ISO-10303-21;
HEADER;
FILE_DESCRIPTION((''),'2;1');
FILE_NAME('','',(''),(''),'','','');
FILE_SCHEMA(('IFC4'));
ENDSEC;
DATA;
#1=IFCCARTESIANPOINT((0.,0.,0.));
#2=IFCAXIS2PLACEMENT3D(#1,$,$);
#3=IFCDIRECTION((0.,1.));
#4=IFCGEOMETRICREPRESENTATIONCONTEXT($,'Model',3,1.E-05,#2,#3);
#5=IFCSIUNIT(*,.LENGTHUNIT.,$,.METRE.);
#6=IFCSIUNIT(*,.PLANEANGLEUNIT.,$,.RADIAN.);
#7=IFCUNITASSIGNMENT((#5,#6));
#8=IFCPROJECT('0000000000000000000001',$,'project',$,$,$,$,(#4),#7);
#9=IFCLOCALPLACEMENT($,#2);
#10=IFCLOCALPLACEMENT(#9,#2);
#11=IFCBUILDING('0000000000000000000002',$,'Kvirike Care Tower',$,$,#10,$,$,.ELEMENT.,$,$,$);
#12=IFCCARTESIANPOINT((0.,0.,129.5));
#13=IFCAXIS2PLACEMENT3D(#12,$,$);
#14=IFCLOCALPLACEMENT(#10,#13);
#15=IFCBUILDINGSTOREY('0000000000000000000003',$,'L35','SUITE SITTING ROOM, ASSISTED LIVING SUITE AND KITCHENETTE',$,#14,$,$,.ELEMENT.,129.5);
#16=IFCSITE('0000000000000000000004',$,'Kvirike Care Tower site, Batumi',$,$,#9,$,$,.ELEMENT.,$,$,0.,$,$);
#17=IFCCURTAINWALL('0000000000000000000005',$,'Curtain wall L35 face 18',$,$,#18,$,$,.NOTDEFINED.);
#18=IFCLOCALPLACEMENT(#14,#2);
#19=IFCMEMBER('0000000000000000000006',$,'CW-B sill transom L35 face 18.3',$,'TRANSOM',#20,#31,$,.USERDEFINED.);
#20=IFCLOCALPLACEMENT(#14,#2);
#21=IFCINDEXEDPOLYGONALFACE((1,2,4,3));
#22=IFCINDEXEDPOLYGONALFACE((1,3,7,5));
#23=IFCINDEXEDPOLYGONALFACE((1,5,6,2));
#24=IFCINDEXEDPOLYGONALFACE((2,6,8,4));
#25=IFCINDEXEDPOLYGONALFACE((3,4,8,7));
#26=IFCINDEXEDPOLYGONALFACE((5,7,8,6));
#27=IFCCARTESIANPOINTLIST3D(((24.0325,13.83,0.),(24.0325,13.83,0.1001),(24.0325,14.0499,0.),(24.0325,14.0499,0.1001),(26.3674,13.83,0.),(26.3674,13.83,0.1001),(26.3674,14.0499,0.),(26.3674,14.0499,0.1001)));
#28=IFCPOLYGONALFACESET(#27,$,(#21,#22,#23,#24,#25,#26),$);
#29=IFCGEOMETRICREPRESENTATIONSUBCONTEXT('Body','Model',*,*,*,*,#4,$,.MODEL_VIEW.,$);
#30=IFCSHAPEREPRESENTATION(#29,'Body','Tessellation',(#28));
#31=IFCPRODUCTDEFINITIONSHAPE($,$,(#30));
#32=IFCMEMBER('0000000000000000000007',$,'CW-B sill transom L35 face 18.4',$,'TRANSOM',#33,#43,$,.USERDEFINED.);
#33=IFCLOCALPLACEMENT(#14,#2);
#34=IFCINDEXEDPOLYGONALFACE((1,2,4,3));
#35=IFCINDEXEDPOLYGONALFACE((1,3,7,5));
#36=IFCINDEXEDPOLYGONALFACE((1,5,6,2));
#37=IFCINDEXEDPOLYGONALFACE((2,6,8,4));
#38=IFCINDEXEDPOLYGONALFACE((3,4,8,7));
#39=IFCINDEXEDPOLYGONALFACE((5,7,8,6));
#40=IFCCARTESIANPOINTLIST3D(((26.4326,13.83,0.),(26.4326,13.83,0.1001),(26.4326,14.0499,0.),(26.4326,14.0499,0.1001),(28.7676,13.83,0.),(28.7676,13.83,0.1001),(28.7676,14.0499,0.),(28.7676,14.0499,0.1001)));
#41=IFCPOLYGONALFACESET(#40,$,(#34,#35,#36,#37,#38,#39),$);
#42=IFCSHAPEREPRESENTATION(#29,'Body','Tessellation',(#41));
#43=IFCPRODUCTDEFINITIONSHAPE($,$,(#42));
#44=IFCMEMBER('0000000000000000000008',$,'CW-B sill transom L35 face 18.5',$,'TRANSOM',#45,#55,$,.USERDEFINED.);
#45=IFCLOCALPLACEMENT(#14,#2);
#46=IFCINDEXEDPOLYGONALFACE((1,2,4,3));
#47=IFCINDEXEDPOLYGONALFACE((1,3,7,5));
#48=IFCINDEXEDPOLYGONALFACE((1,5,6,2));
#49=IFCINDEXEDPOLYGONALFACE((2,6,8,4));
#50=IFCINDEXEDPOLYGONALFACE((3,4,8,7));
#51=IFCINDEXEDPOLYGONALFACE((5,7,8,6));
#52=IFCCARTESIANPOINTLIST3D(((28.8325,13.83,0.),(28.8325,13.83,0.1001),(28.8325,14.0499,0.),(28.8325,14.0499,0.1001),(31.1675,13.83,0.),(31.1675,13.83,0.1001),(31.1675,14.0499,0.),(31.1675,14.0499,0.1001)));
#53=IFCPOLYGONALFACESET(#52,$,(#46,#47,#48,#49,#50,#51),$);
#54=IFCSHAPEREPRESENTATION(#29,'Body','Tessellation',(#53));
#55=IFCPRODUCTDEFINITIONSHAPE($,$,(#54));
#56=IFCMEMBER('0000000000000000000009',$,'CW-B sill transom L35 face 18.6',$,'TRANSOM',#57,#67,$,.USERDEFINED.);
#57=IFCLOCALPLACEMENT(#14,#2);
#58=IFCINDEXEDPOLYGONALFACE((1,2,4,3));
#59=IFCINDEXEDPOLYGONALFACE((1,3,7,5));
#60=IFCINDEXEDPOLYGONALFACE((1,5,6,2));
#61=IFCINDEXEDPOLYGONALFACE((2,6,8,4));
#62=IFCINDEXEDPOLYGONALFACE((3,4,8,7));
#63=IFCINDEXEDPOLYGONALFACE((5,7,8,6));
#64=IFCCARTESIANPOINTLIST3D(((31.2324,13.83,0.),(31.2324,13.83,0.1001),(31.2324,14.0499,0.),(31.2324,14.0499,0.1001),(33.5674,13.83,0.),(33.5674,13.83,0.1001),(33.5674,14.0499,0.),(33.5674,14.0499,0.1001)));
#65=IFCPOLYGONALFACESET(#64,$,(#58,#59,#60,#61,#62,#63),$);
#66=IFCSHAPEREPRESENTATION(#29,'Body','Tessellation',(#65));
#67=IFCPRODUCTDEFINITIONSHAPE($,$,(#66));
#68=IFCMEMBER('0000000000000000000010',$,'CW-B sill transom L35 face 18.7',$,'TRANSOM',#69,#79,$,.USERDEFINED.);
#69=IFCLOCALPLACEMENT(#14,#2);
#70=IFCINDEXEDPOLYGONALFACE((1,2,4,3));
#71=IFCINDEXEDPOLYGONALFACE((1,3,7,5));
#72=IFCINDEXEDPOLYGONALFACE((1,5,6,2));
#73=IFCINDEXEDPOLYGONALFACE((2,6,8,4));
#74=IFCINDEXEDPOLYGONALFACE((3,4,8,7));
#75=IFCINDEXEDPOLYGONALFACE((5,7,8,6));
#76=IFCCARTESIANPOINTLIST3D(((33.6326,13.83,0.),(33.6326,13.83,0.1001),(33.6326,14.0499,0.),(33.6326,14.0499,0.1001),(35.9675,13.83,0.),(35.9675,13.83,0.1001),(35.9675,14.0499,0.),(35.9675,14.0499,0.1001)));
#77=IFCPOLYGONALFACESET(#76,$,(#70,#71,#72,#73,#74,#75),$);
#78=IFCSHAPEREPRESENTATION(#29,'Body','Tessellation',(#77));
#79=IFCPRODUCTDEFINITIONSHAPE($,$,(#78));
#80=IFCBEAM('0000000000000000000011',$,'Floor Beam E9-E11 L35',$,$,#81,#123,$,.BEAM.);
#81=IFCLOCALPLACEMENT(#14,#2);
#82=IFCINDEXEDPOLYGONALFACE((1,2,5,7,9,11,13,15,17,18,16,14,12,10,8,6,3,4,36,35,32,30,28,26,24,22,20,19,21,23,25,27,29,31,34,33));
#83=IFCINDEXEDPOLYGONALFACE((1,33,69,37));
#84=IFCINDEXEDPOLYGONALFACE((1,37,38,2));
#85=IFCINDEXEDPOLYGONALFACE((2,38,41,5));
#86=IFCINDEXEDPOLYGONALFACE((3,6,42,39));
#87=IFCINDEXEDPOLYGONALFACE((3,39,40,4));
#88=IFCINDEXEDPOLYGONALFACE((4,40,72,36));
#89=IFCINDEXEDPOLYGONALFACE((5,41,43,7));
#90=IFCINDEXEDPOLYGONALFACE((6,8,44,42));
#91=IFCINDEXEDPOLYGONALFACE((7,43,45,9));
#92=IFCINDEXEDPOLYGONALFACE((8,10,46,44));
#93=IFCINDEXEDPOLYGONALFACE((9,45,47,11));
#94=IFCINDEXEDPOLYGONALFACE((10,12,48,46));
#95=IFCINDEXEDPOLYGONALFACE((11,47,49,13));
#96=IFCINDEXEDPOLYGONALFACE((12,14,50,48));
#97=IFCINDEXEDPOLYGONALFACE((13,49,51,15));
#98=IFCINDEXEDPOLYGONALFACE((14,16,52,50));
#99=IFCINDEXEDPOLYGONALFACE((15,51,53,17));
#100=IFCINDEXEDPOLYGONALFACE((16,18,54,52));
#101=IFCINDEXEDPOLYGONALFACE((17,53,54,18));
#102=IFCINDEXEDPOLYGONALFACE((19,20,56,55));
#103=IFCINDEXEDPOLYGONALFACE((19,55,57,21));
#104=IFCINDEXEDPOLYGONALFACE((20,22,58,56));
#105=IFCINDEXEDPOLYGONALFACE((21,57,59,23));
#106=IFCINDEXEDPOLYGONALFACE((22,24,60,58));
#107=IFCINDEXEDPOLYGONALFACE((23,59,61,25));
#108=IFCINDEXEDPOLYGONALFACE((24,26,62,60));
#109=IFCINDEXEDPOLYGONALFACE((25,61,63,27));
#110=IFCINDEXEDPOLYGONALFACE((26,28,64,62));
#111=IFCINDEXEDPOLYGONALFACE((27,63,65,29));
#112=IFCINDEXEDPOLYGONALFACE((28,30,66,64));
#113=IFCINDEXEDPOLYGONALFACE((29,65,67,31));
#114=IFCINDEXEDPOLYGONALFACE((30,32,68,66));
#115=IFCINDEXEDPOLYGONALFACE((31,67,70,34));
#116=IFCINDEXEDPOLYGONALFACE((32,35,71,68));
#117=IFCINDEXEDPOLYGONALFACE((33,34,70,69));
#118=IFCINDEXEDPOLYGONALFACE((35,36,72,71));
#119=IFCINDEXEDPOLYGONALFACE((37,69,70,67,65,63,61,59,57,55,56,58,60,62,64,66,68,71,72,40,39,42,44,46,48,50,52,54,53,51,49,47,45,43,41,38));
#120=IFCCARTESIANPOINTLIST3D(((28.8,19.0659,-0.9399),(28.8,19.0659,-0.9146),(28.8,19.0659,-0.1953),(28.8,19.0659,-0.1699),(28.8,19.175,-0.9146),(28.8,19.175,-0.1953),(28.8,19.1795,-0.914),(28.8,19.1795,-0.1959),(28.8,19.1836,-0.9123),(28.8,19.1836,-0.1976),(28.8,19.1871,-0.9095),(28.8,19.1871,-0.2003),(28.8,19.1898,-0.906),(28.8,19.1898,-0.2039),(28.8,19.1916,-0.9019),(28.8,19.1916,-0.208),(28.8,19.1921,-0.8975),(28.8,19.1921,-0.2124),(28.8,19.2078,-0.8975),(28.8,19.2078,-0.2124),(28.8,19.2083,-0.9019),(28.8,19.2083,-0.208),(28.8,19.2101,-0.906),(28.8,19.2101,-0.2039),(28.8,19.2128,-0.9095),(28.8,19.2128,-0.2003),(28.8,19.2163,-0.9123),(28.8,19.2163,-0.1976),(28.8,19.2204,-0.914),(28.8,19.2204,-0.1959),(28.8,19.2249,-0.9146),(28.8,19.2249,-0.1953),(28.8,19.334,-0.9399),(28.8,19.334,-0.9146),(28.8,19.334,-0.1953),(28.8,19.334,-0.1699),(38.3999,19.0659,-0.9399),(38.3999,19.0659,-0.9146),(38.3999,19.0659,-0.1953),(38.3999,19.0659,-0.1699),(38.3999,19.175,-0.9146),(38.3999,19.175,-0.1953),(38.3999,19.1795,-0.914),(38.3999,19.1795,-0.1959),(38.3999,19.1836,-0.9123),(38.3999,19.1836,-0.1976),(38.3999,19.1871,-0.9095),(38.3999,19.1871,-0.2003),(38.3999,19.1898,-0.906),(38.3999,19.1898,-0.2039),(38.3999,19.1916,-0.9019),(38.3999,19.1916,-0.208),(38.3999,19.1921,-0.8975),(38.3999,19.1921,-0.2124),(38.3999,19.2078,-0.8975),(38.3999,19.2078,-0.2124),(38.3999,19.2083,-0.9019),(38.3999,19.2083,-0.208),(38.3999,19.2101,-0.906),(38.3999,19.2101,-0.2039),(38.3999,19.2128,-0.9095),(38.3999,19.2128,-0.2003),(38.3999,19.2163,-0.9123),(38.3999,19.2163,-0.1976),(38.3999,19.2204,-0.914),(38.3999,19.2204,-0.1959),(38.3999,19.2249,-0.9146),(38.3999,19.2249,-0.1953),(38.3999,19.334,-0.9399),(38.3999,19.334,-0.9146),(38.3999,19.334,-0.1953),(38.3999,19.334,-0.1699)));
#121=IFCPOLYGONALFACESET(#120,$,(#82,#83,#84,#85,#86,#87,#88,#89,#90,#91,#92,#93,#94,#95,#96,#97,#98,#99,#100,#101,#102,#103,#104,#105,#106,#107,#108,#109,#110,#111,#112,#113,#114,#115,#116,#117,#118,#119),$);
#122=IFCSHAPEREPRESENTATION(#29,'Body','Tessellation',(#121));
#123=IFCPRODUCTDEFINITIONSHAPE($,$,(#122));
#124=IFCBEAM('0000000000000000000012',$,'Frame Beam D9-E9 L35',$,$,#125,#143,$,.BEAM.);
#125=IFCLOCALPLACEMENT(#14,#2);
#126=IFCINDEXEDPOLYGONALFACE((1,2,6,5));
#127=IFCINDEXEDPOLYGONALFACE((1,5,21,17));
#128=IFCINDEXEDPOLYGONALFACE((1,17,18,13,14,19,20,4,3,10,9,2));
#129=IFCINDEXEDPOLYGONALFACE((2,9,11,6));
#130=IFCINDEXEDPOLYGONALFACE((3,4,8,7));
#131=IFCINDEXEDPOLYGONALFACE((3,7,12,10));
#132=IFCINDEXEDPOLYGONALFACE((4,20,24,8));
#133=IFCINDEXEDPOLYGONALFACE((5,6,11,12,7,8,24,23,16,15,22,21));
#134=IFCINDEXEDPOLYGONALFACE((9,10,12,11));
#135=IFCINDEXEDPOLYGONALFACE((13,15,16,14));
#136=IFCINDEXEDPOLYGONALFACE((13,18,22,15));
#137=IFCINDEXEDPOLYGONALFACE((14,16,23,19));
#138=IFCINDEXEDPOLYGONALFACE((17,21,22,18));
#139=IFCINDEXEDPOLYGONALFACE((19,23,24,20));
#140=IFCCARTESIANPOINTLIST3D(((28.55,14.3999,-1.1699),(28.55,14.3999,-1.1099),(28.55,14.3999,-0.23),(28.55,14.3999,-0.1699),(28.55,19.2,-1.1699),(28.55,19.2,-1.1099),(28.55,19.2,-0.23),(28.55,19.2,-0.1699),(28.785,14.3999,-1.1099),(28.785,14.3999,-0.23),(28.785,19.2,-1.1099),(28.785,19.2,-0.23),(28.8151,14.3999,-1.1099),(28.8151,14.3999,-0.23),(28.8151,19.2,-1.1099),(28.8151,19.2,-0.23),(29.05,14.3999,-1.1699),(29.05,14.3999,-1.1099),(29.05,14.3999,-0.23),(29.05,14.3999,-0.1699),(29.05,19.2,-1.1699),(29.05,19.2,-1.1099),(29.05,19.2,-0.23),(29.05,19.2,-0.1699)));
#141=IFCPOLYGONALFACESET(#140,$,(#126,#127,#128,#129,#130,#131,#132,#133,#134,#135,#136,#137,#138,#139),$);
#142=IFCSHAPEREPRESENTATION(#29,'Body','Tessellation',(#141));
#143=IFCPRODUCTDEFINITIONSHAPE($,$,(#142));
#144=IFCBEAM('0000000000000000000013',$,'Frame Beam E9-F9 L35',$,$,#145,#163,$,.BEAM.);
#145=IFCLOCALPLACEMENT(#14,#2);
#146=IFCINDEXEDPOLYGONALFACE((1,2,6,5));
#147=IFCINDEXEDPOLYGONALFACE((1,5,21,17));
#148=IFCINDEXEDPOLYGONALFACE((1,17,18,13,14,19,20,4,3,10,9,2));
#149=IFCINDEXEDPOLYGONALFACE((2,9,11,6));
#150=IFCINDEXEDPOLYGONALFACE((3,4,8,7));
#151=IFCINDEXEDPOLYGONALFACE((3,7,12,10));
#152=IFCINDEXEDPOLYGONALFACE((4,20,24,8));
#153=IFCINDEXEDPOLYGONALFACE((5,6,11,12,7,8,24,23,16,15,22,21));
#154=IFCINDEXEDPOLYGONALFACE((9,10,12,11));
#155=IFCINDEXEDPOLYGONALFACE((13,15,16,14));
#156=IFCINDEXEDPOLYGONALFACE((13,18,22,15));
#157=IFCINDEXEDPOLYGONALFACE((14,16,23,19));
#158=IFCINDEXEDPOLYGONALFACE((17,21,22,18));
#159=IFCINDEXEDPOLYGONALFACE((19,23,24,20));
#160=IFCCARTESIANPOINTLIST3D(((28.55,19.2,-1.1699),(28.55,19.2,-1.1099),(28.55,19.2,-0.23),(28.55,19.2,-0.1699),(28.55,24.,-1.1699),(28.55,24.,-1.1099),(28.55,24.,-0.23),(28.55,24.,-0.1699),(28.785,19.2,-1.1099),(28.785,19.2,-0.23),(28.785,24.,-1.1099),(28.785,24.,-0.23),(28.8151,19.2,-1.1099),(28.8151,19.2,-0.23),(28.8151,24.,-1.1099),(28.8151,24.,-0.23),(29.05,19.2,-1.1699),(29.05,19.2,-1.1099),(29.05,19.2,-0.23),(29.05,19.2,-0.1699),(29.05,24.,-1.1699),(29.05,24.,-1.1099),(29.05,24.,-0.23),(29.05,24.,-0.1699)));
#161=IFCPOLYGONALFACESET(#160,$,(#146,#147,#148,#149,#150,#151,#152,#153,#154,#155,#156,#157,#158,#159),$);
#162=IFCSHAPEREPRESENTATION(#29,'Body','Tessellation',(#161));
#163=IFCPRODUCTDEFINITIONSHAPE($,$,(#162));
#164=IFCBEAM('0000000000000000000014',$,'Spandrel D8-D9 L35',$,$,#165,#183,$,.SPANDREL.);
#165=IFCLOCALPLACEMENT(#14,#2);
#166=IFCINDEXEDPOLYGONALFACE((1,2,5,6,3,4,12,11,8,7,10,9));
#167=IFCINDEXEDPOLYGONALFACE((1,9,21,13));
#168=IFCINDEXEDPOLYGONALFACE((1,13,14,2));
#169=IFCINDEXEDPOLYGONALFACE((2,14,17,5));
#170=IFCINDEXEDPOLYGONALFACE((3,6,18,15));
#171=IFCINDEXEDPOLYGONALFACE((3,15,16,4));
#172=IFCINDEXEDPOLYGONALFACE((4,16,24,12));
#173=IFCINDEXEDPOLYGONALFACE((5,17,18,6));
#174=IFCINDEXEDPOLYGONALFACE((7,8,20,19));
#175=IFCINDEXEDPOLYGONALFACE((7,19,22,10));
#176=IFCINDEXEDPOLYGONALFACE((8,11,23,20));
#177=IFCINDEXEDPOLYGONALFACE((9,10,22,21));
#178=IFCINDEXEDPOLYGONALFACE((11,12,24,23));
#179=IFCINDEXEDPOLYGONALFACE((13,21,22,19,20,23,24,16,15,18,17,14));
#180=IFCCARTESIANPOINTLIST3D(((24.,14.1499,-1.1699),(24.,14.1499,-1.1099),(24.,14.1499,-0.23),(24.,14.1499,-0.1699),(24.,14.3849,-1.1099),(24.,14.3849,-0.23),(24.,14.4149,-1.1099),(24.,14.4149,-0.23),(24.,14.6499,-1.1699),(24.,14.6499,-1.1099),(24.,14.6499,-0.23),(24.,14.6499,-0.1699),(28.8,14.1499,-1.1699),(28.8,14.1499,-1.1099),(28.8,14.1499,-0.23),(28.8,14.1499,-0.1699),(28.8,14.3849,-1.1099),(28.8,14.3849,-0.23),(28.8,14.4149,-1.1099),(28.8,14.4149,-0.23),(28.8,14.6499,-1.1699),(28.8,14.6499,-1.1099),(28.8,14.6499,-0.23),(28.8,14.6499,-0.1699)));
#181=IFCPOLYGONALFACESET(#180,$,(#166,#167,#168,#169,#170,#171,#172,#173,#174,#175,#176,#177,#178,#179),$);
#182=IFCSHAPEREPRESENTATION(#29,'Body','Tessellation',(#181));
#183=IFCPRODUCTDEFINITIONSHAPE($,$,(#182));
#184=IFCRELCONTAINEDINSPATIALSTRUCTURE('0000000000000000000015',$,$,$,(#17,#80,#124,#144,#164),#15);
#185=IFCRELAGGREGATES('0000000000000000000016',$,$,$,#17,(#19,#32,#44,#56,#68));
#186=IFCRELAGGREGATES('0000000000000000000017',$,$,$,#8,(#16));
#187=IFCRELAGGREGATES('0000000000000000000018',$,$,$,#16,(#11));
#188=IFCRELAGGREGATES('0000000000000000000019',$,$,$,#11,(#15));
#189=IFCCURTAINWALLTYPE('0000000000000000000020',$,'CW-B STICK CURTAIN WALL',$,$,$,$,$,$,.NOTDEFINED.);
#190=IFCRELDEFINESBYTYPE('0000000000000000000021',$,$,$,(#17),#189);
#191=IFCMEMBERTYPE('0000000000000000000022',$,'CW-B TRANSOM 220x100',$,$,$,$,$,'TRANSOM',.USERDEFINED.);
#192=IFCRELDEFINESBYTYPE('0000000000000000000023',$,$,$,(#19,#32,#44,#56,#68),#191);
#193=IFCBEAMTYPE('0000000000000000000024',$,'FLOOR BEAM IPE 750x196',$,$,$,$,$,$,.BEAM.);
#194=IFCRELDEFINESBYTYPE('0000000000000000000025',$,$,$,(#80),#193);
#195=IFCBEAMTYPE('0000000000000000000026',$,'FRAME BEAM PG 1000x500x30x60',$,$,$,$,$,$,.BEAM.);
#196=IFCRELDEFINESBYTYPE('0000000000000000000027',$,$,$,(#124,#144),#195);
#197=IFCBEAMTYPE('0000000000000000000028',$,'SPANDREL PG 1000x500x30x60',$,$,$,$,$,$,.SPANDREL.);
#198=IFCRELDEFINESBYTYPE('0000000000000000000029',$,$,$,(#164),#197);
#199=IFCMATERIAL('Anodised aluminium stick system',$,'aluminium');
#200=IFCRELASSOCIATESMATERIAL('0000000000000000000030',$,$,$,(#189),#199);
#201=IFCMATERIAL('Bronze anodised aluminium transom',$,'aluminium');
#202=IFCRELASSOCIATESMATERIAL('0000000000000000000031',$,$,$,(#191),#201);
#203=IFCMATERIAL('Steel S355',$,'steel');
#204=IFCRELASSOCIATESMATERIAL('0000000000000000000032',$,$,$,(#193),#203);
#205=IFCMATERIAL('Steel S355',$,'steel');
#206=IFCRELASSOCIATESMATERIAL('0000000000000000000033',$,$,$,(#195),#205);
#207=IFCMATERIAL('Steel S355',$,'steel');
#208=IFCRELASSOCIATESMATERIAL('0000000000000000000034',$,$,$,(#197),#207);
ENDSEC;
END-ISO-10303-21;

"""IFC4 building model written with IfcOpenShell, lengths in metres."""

from ifc_helpers import new_model, si_unit, direction, frame, origin, origin_2d, place, context, subcontext, project, spatial, rectangle, i_section, extrude, material, material_profile, profile_set, type_object, element, aggregate, save


model = new_model("IFC4")

# Units and contexts
model_context = context("Model", 3, precision=1e-05, world=origin(), true_north=direction((0.0, 1.0)))
body_context = subcontext(model_context, "Body", "Model", "MODEL_VIEW")
ifc_project = project(units=[si_unit("LENGTHUNIT", "METRE"), si_unit("PLANEANGLEUNIT", "RADIAN")], contexts=[model_context])

# Site, building, storey
site_placement = place(None, origin())
site = spatial("IfcSite", under=ifc_project, at=site_placement, Name="Kvirike Care Tower site, Batumi", CompositionType="ELEMENT", RefElevation=0.0)
building_placement = place(site_placement, origin())
building = spatial("IfcBuilding", under=site, at=building_placement, Name="Kvirike Care Tower", CompositionType="ELEMENT")
storey_placement = place(building_placement, frame((0.0, 0.0, 129.5)))
storey = spatial("IfcBuildingStorey", under=building, at=storey_placement, Name="L35", Description="SUITE SITTING ROOM, ASSISTED LIVING SUITE AND KITCHENETTE", CompositionType="ELEMENT", Elevation=129.5)

# Curtain wall, members
ifc_material_1 = material(Name="Anodised aluminium stick system", Category="aluminium")
curtain_wall_type = type_object("IfcCurtainWallType", Name="CW-B STICK CURTAIN WALL", PredefinedType="NOTDEFINED", material=ifc_material_1)
curtain_wall_placement = place(storey_placement, origin())
curtain_wall = element("IfcCurtainWall", 1, at=curtain_wall_placement, inside=storey, type_object=curtain_wall_type, Name="Curtain wall L35 face 18", PredefinedType="NOTDEFINED")
ifc_material_2 = material(Name="Bronze anodised aluminium transom", Category="aluminium")
ifc_material_profile_1 = material_profile(ifc_material_2, rectangle(XDim=0.22, YDim=0.1001, at=origin_2d()), Name="CW-B TRANSOM 220x100")
ifc_profile_set_1 = profile_set([ifc_material_profile_1], Name="Bronze anodised aluminium transom")
member_type_1 = type_object("IfcMemberType", Name="CW-B TRANSOM 220x100", ElementType="TRANSOM", PredefinedType="USERDEFINED", material=ifc_profile_set_1)
member_1_placement = place(storey_placement, frame((24.0325, 13.9399, 0.05), z_axis=(1.0, 0.0, 0.0), x_axis=(0.0, 1.0, 0.0)))
member_1 = element("IfcMember", 2, at=member_1_placement, type_object=member_type_1, Name="CW-B sill transom L35 face 18.3", ObjectType="TRANSOM", PredefinedType="USERDEFINED", context=body_context, shape_type="SweptSolid", body=[
    extrude(rectangle(XDim=0.22, YDim=0.1001, at=origin_2d()), origin(), (0.0, 0.0, 1.0), 2.335),
])
member_2_placement = place(storey_placement, frame((26.4326, 13.9399, 0.05), z_axis=(1.0, 0.0, 0.0), x_axis=(0.0, 1.0, 0.0)))
member_2 = element("IfcMember", 3, at=member_2_placement, type_object=member_type_1, Name="CW-B sill transom L35 face 18.4", ObjectType="TRANSOM", PredefinedType="USERDEFINED", context=body_context, shape_type="SweptSolid", body=[
    extrude(rectangle(XDim=0.22, YDim=0.1001, at=origin_2d()), origin(), (0.0, 0.0, 1.0), 2.335),
])
member_3_placement = place(storey_placement, frame((28.8325, 13.9399, 0.05), z_axis=(1.0, 0.0, 0.0), x_axis=(0.0, 1.0, 0.0)))
member_3 = element("IfcMember", 4, at=member_3_placement, type_object=member_type_1, Name="CW-B sill transom L35 face 18.5", ObjectType="TRANSOM", PredefinedType="USERDEFINED", context=body_context, shape_type="SweptSolid", body=[
    extrude(rectangle(XDim=0.22, YDim=0.1001, at=origin_2d()), origin(), (0.0, 0.0, 1.0), 2.335),
])
member_4_placement = place(storey_placement, frame((31.2324, 13.9399, 0.05), z_axis=(1.0, 0.0, 0.0), x_axis=(0.0, 1.0, 0.0)))
member_4 = element("IfcMember", 5, at=member_4_placement, type_object=member_type_1, Name="CW-B sill transom L35 face 18.6", ObjectType="TRANSOM", PredefinedType="USERDEFINED", context=body_context, shape_type="SweptSolid", body=[
    extrude(rectangle(XDim=0.22, YDim=0.1001, at=origin_2d()), origin(), (0.0, 0.0, 1.0), 2.335),
])
member_5_placement = place(storey_placement, frame((33.6326, 13.9399, 0.05), z_axis=(1.0, 0.0, 0.0), x_axis=(0.0, 1.0, 0.0)))
member_5 = element("IfcMember", 6, at=member_5_placement, type_object=member_type_1, Name="CW-B sill transom L35 face 18.7", ObjectType="TRANSOM", PredefinedType="USERDEFINED", context=body_context, shape_type="SweptSolid", body=[
    extrude(rectangle(XDim=0.22, YDim=0.1001, at=origin_2d()), origin(), (0.0, 0.0, 1.0), 2.335),
])

# Beams
ifc_material_3 = material(Name="Steel S355", Category="steel")
ifc_material_profile_2 = material_profile(ifc_material_3, i_section(OverallWidth=0.2681, OverallDepth=0.77, WebThickness=0.0156, FlangeThickness=0.0254, FilletRadius=0.0171, at=origin_2d()), Name="IPE 750x196")
ifc_profile_set_2 = profile_set([ifc_material_profile_2], Name="Steel S355")
beam_type_1 = type_object("IfcBeamType", Name="FLOOR BEAM IPE 750x196", PredefinedType="BEAM", material=ifc_profile_set_2)
beam_1_placement = place(storey_placement, frame((28.8, 19.2, -0.5549), z_axis=(1.0, 0.0, 0.0), x_axis=(0.0, 1.0, 0.0)))
element("IfcBeam", 7, at=beam_1_placement, inside=storey, type_object=beam_type_1, Name="Floor Beam E9-E11 L35", PredefinedType="BEAM", context=body_context, shape_type="SweptSolid", body=[
    extrude(i_section(OverallWidth=0.2681, OverallDepth=0.77, WebThickness=0.0156, FlangeThickness=0.0254, FilletRadius=0.0171, at=origin_2d()), origin(), (0.0, 0.0, 1.0), 9.5999),
])
ifc_material_4 = material(Name="Steel S355", Category="steel")
ifc_material_profile_3 = material_profile(ifc_material_4, i_section(OverallWidth=0.5, OverallDepth=1.0, WebThickness=0.03, FlangeThickness=0.0601, at=origin_2d()), Name="PG 1000x500x30x60")
ifc_profile_set_3 = profile_set([ifc_material_profile_3], Name="Steel S355")
beam_type_2 = type_object("IfcBeamType", Name="FRAME BEAM PG 1000x500x30x60", PredefinedType="BEAM", material=ifc_profile_set_3)
for number, where, z_axis, x_axis, name in (
    (8, (28.8, 14.3999, -0.6699), (0.0, 1.0, 0.0), (-1.0, 0.0, 0.0), "Frame Beam D9-E9 L35"),
    (9, (28.8, 19.2, -0.6699), (0.0, 1.0, 0.0), (-1.0, 0.0, 0.0), "Frame Beam E9-F9 L35"),
):
    element("IfcBeam", number, at=place(storey_placement, frame(where, z_axis=z_axis, x_axis=x_axis)), inside=storey, type_object=beam_type_2, Name=name, PredefinedType="BEAM", context=body_context, shape_type="SweptSolid", body=[
        extrude(i_section(OverallWidth=0.5, OverallDepth=1.0, WebThickness=0.03, FlangeThickness=0.0601, at=origin_2d()), origin(), (0.0, 0.0, 1.0), 4.8),
    ])
ifc_material_5 = material(Name="Steel S355", Category="steel")
ifc_material_profile_4 = material_profile(ifc_material_5, i_section(OverallWidth=0.5, OverallDepth=1.0, WebThickness=0.03, FlangeThickness=0.0601, at=origin_2d()), Name="PG 1000x500x30x60")
ifc_profile_set_4 = profile_set([ifc_material_profile_4], Name="Steel S355")
beam_type_3 = type_object("IfcBeamType", Name="SPANDREL PG 1000x500x30x60", PredefinedType="SPANDREL", material=ifc_profile_set_4)
for number, where, z_axis, x_axis, name in (
    (10, (24.0, 14.3999, -0.6699), (1.0, 0.0, 0.0), (0.0, 1.0, 0.0), "Spandrel D8-D9 L35"),
):
    element("IfcBeam", number, at=place(storey_placement, frame(where, z_axis=z_axis, x_axis=x_axis)), inside=storey, type_object=beam_type_3, Name=name, PredefinedType="SPANDREL", context=body_context, shape_type="SweptSolid", body=[
        extrude(i_section(OverallWidth=0.5, OverallDepth=1.0, WebThickness=0.03, FlangeThickness=0.0601, at=origin_2d()), origin(), (0.0, 0.0, 1.0), 4.8),
    ])

aggregate(curtain_wall, [member_1, member_2, member_3, member_4, member_5])

save(model, "model.ifc")
